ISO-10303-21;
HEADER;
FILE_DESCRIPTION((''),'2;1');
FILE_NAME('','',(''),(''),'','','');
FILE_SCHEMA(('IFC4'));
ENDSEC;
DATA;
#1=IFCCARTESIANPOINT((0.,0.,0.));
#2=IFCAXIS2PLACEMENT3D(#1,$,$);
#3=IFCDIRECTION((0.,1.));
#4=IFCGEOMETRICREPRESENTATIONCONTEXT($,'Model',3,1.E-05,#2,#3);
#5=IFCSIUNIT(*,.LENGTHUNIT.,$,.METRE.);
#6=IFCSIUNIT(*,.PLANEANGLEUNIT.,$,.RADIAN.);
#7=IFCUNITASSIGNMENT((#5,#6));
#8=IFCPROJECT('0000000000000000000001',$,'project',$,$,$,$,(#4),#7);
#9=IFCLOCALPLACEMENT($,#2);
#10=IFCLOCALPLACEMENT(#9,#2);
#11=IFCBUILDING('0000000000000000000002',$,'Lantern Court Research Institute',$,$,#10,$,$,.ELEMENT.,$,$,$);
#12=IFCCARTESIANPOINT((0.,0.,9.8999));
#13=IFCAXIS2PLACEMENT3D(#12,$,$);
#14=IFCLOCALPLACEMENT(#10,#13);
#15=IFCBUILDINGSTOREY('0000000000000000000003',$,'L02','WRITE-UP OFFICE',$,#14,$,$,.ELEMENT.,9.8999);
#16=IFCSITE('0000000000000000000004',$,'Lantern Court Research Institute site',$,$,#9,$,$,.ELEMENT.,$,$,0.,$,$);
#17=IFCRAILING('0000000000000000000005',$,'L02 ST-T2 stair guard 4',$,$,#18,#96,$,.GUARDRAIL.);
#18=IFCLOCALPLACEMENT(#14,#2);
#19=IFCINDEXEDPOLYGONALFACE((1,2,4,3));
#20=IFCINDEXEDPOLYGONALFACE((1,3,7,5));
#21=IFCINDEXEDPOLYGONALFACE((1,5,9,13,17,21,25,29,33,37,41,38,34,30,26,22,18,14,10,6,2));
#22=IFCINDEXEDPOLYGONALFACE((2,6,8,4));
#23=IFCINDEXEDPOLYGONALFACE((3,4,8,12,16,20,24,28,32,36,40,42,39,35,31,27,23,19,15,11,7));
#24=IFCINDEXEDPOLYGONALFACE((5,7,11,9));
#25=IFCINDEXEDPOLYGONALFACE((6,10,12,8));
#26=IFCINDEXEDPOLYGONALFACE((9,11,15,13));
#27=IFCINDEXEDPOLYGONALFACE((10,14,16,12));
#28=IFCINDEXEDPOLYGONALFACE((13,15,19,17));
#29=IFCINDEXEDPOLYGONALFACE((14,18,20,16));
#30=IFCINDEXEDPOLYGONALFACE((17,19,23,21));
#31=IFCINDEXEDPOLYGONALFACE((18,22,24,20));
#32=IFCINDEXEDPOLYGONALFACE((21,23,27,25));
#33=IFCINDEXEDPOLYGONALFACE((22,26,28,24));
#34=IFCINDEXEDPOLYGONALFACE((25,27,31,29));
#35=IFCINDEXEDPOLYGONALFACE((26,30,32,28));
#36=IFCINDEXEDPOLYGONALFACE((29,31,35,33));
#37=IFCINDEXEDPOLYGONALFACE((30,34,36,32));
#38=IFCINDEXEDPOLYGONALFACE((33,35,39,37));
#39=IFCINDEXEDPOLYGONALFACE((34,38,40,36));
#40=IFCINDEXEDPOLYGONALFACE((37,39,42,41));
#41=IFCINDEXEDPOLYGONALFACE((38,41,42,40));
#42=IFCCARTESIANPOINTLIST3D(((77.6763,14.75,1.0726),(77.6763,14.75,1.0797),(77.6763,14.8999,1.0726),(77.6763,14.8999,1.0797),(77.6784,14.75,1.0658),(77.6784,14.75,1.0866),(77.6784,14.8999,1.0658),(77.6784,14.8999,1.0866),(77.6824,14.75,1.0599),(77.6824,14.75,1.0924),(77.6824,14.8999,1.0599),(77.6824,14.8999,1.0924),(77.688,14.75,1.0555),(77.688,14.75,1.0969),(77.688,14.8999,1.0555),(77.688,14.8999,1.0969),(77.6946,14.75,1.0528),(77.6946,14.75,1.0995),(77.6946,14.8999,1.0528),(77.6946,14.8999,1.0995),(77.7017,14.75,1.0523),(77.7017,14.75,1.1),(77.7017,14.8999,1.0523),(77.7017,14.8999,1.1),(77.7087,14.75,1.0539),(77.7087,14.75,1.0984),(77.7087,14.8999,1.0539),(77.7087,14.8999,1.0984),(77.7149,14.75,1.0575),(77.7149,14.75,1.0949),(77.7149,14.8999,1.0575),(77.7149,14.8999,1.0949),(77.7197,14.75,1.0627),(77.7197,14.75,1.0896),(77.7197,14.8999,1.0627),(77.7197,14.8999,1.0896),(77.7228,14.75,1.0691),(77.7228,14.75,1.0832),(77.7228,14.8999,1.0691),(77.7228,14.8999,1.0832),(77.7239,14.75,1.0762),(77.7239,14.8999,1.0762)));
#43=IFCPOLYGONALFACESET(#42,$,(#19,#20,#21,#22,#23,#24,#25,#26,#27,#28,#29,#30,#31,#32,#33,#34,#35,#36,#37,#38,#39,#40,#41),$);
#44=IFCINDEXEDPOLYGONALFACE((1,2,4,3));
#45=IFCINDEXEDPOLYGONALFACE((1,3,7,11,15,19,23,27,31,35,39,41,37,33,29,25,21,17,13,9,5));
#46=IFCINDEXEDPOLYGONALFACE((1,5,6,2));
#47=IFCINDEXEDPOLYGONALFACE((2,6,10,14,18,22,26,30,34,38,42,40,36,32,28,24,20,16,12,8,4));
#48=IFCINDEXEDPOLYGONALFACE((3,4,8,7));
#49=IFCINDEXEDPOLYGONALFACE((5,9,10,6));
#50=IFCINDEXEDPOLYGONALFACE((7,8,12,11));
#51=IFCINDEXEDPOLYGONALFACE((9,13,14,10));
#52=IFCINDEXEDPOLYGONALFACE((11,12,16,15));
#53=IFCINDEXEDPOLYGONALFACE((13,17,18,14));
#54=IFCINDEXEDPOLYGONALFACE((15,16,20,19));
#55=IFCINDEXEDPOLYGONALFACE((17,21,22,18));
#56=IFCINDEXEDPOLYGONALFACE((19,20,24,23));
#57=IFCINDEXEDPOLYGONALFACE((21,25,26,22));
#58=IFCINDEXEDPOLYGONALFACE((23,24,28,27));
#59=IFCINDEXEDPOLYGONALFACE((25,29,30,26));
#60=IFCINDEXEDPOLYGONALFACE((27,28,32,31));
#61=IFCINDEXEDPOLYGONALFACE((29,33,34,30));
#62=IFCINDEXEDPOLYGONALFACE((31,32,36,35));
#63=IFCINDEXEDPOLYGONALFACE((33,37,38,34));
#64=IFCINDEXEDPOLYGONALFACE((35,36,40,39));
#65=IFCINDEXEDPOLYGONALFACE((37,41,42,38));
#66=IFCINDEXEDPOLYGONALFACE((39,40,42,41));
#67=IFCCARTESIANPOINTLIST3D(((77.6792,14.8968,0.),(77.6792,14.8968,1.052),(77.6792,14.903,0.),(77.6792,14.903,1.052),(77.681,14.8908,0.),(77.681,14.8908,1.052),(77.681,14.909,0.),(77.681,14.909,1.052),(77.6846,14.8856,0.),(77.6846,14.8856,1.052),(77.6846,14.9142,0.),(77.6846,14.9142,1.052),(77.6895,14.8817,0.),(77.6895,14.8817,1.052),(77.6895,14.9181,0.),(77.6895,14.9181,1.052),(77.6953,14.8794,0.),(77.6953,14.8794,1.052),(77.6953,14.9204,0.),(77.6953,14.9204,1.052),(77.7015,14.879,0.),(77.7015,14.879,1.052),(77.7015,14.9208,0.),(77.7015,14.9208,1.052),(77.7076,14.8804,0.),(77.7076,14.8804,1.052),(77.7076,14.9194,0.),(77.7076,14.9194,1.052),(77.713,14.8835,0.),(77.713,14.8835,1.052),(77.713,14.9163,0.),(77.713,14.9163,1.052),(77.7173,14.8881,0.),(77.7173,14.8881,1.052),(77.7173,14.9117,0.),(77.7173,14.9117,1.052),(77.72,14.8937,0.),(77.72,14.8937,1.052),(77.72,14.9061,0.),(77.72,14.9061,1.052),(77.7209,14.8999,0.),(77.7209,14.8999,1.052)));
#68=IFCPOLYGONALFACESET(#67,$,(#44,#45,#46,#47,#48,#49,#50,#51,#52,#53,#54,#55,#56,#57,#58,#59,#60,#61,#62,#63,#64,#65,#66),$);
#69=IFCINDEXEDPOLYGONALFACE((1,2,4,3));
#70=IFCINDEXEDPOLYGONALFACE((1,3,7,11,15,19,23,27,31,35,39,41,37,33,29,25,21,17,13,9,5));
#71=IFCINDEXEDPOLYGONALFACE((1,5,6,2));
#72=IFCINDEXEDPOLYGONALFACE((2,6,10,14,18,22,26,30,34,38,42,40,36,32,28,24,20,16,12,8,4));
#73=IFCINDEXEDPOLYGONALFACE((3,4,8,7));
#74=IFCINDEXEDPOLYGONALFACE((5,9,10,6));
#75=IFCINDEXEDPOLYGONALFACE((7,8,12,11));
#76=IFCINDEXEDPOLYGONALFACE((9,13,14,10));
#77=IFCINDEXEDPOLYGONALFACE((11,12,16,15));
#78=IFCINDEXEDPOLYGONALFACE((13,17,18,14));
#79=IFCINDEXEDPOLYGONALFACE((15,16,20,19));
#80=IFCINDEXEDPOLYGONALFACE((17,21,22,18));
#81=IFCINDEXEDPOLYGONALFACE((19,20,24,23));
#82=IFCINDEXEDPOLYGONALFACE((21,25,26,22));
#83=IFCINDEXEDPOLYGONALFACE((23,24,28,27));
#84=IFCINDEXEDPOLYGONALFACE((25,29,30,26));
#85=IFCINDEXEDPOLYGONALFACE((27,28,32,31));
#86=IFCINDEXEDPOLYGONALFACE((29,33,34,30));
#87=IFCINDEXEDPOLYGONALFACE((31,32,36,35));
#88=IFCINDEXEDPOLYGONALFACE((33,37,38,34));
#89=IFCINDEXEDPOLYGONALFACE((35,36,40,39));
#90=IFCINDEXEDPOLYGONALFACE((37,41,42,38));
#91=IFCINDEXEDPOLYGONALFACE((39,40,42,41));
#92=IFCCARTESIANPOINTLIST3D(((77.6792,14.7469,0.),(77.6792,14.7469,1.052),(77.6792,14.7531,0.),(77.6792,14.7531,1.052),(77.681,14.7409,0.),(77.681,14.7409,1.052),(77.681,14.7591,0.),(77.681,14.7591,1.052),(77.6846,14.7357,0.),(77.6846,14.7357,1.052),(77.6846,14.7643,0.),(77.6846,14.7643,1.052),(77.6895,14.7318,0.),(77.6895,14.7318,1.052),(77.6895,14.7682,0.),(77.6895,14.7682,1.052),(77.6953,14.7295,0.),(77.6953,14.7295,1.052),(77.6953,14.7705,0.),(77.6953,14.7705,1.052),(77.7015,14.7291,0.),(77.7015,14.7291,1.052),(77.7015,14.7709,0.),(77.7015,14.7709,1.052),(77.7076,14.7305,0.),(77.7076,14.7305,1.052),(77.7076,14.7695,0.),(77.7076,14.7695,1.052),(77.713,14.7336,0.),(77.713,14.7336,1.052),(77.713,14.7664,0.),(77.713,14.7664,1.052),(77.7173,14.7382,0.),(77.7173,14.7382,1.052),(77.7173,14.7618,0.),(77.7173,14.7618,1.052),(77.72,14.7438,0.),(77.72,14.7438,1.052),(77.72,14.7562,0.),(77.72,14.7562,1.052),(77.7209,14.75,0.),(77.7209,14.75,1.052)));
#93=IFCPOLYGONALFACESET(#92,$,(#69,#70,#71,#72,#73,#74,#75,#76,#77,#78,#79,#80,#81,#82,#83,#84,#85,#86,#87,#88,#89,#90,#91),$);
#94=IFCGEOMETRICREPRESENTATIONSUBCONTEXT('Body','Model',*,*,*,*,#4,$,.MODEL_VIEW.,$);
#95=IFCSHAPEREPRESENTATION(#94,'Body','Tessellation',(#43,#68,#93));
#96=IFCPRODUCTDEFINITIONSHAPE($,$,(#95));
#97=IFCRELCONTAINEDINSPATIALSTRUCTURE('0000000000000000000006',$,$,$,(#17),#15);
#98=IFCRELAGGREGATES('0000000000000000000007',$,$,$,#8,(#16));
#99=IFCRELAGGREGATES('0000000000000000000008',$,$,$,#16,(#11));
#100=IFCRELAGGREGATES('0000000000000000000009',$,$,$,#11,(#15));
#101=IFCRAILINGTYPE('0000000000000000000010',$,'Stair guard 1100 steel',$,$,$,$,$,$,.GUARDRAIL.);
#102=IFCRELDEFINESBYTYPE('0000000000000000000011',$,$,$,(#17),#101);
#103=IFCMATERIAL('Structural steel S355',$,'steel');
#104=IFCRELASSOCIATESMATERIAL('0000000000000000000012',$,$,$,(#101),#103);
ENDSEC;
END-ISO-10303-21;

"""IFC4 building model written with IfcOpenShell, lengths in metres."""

from ifc_helpers import new_model, si_unit, direction, frame, origin, origin_2d, place, context, subcontext, project, spatial, circle, extrude, material, type_object, element, save


model = new_model("IFC4")

# Units and contexts
model_context = context("Model", 3, precision=1e-05, world=origin(), true_north=direction((0.0, 1.0)))
body_context = subcontext(model_context, "Body", "Model", "MODEL_VIEW")
ifc_project = project(units=[si_unit("LENGTHUNIT", "METRE"), si_unit("PLANEANGLEUNIT", "RADIAN")], contexts=[model_context])

# Site, building, storey
site_placement = place(None, origin())
site = spatial("IfcSite", under=ifc_project, at=site_placement, Name="Lantern Court Research Institute site", CompositionType="ELEMENT", RefElevation=0.0)
building_placement = place(site_placement, origin())
building = spatial("IfcBuilding", under=site, at=building_placement, Name="Lantern Court Research Institute", CompositionType="ELEMENT")
storey_placement = place(building_placement, frame((0.0, 0.0, 9.8999)))
storey = spatial("IfcBuildingStorey", under=building, at=storey_placement, Name="L02", Description="WRITE-UP OFFICE", CompositionType="ELEMENT", Elevation=9.8999)

# Railing
ifc_material_1 = material(Name="Structural steel S355", Category="steel")
railing_type_1 = type_object("IfcRailingType", Name="Stair guard 1100 steel", PredefinedType="GUARDRAIL", material=ifc_material_1)
railing_1_placement = place(storey_placement, frame((77.7, 14.8999, 0.0)))
element("IfcRailing", 1, at=railing_1_placement, inside=storey, type_object=railing_type_1, Name="L02 ST-T2 stair guard 4", PredefinedType="GUARDRAIL", context=body_context, shape_type="SweptSolid", body=[
    extrude(circle(Radius=0.0239, at=origin_2d()), frame((0.0, 0.0, 1.0762), z_axis=(0.0, -1.0, 0.0), x_axis=(1.0, 0.0, 0.0)), (0.0, 0.0, 1.0), 0.1499),
    extrude(circle(Radius=0.021, at=origin_2d()), origin(), (0.0, 0.0, 1.0), 1.052),
    extrude(circle(Radius=0.021, at=origin_2d()), frame((0.0, -0.1499, 0.0)), (0.0, 0.0, 1.0), 1.052),
])

save(model, "model.ifc")
